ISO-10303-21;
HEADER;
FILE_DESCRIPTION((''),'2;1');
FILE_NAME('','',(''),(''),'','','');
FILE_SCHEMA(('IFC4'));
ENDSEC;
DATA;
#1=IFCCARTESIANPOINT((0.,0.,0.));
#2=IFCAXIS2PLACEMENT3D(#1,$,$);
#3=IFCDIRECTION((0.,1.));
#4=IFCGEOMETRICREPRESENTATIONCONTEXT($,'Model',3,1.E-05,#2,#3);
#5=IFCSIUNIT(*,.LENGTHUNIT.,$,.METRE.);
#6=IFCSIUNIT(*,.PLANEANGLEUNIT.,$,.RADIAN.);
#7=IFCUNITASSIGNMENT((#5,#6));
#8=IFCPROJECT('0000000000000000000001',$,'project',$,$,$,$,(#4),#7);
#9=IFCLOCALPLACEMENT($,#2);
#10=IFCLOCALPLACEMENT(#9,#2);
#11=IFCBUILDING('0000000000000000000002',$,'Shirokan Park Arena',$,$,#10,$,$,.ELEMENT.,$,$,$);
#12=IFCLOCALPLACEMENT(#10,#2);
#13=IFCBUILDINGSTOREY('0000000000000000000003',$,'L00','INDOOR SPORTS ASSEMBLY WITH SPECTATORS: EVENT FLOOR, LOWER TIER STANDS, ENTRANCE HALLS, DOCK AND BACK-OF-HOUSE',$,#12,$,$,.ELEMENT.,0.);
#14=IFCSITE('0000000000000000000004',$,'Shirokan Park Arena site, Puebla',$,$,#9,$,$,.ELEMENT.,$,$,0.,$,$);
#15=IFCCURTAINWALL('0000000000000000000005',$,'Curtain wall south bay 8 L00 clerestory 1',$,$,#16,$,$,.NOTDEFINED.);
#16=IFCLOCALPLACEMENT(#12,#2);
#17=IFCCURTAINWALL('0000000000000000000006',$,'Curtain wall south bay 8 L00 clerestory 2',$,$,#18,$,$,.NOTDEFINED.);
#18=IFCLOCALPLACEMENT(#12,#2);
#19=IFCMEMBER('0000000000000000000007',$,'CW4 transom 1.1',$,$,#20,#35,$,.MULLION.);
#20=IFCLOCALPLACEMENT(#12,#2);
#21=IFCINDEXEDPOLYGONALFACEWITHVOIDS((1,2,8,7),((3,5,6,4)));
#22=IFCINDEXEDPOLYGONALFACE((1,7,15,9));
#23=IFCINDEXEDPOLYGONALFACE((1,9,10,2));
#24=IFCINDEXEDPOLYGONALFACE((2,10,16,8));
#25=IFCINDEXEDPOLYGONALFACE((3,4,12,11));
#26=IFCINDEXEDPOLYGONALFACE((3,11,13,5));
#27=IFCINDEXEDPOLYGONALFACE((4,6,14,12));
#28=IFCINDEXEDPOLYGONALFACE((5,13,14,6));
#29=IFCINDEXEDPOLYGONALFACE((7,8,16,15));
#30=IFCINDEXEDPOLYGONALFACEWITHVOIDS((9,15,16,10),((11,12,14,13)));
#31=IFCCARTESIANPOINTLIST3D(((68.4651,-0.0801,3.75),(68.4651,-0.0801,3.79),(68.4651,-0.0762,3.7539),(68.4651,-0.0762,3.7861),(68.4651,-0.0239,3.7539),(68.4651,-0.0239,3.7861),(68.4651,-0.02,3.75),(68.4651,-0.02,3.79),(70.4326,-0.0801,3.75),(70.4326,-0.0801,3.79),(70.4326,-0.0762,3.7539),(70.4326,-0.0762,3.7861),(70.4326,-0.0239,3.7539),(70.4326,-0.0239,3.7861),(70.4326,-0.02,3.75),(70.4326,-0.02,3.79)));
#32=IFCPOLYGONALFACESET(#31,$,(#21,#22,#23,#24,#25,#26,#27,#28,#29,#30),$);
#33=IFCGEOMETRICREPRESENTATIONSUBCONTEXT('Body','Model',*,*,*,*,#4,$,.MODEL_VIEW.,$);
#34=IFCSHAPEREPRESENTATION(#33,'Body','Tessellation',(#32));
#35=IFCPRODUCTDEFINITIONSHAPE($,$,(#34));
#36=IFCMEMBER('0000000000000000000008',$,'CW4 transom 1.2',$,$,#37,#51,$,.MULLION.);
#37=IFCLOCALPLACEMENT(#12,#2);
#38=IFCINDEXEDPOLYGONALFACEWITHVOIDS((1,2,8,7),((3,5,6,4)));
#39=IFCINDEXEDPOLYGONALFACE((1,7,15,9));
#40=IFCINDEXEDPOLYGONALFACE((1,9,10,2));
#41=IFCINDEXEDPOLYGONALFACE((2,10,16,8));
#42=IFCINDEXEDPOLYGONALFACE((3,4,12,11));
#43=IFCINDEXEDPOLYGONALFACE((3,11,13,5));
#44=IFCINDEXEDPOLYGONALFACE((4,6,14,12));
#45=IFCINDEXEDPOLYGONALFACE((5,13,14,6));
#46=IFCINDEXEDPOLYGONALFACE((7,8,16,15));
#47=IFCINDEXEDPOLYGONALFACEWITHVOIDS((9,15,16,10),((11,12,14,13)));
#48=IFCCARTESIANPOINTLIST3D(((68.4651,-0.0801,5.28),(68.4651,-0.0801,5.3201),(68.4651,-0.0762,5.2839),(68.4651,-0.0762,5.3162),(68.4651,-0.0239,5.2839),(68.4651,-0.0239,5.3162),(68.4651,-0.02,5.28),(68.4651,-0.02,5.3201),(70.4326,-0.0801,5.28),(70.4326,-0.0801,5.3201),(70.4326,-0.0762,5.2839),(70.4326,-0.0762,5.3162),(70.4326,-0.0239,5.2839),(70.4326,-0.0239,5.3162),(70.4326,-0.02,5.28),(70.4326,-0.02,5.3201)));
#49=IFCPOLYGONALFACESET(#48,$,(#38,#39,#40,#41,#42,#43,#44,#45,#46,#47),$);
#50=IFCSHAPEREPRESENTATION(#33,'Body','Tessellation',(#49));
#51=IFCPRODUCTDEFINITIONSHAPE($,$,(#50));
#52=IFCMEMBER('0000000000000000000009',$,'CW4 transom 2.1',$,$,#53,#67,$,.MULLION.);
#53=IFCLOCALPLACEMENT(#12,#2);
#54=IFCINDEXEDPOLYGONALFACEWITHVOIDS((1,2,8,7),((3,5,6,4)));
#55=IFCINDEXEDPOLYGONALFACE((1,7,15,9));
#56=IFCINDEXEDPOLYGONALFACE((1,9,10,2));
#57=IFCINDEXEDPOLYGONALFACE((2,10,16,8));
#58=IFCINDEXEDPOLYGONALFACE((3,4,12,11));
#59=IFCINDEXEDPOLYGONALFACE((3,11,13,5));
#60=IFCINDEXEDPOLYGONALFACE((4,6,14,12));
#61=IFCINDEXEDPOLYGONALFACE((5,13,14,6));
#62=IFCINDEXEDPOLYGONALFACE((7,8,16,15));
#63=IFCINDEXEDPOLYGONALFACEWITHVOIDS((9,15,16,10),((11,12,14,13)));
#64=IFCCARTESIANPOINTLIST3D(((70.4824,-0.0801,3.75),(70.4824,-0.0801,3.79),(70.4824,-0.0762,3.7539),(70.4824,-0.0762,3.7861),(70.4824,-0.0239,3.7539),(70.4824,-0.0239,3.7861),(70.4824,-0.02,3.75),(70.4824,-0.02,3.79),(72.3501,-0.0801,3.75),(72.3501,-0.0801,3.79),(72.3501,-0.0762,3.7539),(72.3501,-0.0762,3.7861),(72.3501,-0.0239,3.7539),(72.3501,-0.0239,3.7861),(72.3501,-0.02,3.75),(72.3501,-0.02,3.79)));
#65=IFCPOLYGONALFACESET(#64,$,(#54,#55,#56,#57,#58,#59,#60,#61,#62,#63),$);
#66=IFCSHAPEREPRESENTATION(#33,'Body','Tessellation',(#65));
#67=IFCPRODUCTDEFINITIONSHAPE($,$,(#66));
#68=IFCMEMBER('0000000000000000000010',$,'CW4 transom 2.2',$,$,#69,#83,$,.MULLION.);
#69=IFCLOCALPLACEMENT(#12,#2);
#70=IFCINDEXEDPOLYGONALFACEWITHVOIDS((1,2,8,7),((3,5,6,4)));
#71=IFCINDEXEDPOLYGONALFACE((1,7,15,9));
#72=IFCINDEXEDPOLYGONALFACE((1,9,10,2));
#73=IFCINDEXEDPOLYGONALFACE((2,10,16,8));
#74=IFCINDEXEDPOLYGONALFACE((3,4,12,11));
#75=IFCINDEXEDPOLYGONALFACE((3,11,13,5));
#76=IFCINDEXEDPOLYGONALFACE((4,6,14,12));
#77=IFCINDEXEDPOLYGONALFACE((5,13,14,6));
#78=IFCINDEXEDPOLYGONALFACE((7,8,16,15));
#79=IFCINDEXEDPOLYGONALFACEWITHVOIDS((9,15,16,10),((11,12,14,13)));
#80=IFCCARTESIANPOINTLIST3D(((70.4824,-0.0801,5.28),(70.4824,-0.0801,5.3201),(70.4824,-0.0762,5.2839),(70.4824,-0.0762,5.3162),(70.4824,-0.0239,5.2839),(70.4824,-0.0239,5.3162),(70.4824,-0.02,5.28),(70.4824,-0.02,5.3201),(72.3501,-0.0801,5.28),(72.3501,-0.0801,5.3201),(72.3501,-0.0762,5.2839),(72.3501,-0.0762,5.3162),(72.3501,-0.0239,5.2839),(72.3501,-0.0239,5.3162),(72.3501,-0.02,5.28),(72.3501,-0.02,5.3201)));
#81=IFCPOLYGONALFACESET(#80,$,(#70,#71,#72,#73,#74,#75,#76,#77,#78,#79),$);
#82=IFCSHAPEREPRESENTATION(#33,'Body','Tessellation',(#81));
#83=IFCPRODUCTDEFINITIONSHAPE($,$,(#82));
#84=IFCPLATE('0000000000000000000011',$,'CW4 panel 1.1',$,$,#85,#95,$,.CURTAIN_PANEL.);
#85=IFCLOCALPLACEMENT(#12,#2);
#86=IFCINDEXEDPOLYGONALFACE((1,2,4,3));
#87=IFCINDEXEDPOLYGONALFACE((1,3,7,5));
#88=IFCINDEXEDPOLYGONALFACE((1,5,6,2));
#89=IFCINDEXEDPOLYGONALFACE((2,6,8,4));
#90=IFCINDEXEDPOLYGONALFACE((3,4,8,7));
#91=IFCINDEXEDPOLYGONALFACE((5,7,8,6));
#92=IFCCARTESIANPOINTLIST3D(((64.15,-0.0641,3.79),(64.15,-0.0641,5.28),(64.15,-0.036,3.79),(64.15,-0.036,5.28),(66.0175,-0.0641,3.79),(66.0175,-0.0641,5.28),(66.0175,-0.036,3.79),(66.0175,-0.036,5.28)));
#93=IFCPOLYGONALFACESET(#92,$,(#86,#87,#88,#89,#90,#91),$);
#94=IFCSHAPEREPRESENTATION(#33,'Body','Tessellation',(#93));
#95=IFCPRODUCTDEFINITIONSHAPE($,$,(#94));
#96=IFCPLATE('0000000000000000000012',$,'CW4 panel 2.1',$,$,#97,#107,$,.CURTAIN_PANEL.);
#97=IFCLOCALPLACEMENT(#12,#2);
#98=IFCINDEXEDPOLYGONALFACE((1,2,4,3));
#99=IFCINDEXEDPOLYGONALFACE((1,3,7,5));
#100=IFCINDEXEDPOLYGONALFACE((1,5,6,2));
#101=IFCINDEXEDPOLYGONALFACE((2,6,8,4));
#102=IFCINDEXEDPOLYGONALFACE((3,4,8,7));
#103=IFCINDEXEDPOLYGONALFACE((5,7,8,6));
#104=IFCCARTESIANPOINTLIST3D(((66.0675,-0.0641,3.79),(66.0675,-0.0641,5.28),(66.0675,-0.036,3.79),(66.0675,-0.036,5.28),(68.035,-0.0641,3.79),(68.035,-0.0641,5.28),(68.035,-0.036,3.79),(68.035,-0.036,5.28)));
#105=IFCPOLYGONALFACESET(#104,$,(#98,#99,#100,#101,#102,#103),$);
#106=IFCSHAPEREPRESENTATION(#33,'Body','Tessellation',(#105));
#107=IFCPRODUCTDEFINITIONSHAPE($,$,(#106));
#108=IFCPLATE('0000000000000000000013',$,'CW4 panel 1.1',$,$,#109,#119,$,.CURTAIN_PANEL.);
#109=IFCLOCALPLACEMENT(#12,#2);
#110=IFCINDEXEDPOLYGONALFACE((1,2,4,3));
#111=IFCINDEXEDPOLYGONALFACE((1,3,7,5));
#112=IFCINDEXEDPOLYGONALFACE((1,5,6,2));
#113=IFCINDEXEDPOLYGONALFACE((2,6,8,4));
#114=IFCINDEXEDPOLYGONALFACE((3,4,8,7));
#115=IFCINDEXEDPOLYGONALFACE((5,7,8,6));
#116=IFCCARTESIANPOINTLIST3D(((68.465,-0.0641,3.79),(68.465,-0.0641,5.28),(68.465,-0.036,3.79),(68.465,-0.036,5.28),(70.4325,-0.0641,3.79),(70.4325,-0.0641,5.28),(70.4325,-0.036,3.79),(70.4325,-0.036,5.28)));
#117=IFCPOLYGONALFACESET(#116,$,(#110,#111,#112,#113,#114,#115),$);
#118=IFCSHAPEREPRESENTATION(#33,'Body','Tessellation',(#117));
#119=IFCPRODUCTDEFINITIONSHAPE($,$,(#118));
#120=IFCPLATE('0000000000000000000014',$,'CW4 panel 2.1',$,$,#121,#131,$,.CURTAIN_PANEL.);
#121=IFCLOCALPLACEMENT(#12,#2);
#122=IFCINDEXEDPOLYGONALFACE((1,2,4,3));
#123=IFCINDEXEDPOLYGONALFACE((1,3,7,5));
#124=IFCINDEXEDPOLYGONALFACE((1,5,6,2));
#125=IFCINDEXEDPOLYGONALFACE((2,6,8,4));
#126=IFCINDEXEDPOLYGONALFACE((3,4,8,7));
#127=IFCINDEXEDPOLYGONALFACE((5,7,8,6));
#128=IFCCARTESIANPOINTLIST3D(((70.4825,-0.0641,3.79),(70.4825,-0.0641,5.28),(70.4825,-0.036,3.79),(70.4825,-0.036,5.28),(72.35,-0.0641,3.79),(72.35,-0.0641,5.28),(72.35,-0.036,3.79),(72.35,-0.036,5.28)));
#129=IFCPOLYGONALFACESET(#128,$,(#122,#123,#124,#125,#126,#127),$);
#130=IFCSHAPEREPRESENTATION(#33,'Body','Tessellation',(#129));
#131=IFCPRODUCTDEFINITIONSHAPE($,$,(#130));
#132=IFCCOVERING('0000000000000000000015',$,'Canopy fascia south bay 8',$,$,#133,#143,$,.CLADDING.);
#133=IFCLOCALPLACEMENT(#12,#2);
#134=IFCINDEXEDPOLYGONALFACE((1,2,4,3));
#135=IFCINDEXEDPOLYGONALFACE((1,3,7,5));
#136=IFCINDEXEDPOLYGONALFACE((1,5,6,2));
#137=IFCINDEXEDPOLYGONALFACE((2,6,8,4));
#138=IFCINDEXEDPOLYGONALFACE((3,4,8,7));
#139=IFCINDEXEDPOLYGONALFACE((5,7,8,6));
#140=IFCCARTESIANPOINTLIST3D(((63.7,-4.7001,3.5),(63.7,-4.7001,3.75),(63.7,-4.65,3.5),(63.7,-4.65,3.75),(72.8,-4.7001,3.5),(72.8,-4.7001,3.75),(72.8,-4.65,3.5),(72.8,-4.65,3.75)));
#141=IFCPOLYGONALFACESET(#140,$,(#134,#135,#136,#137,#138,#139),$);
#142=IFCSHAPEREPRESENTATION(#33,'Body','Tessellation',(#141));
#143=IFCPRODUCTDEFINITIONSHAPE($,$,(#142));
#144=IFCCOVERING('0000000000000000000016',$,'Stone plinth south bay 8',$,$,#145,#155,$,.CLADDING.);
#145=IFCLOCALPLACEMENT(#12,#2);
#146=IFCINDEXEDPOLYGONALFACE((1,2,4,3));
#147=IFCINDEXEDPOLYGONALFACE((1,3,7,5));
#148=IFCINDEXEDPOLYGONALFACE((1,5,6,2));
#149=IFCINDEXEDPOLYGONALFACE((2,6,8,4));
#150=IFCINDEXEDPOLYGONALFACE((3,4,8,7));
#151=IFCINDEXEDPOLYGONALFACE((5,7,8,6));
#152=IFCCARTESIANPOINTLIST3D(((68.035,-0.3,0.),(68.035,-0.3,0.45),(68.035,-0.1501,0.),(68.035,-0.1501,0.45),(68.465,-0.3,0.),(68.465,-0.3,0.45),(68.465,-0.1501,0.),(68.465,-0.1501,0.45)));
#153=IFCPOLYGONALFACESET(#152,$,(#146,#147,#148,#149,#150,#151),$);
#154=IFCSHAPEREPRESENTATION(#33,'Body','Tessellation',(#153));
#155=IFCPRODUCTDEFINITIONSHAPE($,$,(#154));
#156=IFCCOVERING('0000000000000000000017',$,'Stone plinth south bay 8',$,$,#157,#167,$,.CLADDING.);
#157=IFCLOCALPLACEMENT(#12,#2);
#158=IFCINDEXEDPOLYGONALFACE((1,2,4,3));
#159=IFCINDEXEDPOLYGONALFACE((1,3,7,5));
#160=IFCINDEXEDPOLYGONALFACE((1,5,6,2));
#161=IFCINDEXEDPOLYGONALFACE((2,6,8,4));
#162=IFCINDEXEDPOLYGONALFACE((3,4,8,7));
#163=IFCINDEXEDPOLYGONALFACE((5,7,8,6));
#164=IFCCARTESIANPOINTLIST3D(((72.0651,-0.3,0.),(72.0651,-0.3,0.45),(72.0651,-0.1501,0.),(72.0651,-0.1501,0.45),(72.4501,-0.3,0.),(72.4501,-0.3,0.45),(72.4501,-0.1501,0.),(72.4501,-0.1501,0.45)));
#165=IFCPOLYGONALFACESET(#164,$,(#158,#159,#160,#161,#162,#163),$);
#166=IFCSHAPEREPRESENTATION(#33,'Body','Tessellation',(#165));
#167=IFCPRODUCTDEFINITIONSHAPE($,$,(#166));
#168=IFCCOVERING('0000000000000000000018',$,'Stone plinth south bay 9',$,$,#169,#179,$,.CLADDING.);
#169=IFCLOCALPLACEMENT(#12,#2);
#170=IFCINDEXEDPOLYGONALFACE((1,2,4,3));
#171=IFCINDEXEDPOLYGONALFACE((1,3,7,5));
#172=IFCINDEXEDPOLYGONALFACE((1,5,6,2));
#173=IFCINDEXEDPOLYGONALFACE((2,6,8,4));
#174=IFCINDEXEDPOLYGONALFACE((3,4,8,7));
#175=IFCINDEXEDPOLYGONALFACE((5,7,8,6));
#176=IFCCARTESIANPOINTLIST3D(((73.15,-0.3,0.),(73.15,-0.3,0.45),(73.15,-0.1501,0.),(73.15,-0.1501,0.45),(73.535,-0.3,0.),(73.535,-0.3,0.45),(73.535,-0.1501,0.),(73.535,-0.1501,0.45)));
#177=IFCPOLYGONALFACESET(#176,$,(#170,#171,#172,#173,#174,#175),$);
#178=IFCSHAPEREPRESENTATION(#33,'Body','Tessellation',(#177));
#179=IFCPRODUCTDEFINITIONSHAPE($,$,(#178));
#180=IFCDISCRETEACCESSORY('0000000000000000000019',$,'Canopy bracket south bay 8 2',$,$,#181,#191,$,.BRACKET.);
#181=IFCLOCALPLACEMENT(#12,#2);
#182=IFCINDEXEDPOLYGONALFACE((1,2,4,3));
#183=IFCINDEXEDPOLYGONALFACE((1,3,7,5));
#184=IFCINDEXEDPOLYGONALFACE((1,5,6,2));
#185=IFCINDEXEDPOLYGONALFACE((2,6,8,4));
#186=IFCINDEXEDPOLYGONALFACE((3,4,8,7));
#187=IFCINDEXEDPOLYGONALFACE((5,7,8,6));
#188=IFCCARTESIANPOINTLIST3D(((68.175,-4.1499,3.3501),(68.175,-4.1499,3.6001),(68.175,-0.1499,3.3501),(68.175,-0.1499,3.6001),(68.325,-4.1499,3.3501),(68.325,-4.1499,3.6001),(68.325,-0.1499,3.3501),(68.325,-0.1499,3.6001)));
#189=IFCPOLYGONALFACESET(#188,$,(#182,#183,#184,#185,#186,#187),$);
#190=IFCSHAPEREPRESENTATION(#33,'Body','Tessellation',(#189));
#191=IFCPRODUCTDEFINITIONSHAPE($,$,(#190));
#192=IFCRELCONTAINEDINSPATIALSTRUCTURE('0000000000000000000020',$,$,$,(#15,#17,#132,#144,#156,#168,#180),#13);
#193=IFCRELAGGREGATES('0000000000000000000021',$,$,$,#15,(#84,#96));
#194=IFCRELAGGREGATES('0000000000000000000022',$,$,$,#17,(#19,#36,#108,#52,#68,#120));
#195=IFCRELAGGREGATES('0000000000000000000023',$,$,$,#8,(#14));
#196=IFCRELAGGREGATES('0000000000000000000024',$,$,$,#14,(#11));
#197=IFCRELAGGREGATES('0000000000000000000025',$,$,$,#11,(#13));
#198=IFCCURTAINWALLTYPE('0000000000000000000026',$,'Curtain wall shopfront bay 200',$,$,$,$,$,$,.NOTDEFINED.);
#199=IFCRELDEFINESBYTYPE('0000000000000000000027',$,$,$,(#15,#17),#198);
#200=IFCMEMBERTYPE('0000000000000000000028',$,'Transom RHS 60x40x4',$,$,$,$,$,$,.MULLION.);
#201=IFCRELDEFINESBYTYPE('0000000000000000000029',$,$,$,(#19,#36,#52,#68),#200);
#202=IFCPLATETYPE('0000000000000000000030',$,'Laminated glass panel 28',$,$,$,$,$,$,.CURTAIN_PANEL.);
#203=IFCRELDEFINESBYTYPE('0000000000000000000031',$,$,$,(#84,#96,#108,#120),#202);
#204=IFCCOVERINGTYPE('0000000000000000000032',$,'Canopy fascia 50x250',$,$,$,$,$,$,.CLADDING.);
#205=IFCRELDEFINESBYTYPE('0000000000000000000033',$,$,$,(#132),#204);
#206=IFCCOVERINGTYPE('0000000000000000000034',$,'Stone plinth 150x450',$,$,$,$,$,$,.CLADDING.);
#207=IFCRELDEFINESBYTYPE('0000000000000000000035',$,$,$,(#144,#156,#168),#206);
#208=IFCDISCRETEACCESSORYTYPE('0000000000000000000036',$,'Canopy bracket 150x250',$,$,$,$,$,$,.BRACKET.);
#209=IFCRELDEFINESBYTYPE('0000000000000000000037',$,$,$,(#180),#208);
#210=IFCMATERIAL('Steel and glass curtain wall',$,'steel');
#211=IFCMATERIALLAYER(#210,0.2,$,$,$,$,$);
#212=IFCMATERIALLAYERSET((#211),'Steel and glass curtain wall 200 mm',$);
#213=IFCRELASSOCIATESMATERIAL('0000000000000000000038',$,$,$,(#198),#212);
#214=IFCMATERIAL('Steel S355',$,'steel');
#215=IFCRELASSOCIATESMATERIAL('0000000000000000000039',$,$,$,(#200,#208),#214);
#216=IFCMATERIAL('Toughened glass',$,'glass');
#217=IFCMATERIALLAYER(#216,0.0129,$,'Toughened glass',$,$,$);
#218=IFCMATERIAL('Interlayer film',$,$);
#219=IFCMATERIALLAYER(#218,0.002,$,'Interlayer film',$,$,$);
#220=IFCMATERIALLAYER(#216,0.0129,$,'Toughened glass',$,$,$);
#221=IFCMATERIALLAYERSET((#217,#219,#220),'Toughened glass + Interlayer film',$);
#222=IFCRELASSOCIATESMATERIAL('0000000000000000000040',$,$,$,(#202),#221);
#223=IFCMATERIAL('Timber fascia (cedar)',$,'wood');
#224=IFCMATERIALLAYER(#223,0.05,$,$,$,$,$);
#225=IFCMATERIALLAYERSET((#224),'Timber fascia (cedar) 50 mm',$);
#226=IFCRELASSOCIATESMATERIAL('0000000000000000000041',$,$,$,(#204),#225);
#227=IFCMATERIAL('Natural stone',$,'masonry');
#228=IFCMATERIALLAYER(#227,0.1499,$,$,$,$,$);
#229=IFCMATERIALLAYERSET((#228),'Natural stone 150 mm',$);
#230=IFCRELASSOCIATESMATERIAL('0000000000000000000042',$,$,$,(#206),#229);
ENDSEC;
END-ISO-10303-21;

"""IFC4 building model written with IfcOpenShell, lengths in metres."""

from ifc_helpers import new_model, si_unit, direction, frame, origin, origin_2d, place, context, subcontext, project, spatial, rectangle, hollow_rectangle, extrude, material, layer, layer_set, material_profile, profile_set, type_object, element, aggregate, save


model = new_model("IFC4")

# Units and contexts
model_context = context("Model", 3, precision=1e-05, world=origin(), true_north=direction((0.0, 1.0)))
body_context = subcontext(model_context, "Body", "Model", "MODEL_VIEW")
ifc_project = project(units=[si_unit("LENGTHUNIT", "METRE"), si_unit("PLANEANGLEUNIT", "RADIAN")], contexts=[model_context])

# Site, building, storey
site_placement = place(None, origin())
site = spatial("IfcSite", under=ifc_project, at=site_placement, Name="Shirokan Park Arena site, Puebla", CompositionType="ELEMENT", RefElevation=0.0)
building_placement = place(site_placement, origin())
building = spatial("IfcBuilding", under=site, at=building_placement, Name="Shirokan Park Arena", CompositionType="ELEMENT")
storey_placement = place(building_placement, origin())
storey = spatial("IfcBuildingStorey", under=building, at=storey_placement, Name="L00", Description="INDOOR SPORTS ASSEMBLY WITH SPECTATORS: EVENT FLOOR, LOWER TIER STANDS, ENTRANCE HALLS, DOCK AND BACK-OF-HOUSE", CompositionType="ELEMENT", Elevation=0.0)

# Shared definitions
ifc_material_1 = material(Name="Steel S355", Category="steel")

# Curtain walls
ifc_material_2 = material(Name="Steel and glass curtain wall", Category="steel")
ifc_layer_1 = layer(ifc_material_2, 0.2)
ifc_layer_set_1 = layer_set([ifc_layer_1], Name="Steel and glass curtain wall 200 mm")
curtain_wall_type = type_object("IfcCurtainWallType", Name="Curtain wall shopfront bay 200", PredefinedType="NOTDEFINED", material=ifc_layer_set_1)
curtain_wall_1_placement = place(storey_placement, origin())
curtain_wall_1 = element("IfcCurtainWall", 1, at=curtain_wall_1_placement, inside=storey, type_object=curtain_wall_type, Name="Curtain wall south bay 8 L00 clerestory 1", PredefinedType="NOTDEFINED")
curtain_wall_2_placement = place(storey_placement, origin())
curtain_wall_2 = element("IfcCurtainWall", 2, at=curtain_wall_2_placement, inside=storey, type_object=curtain_wall_type, Name="Curtain wall south bay 8 L00 clerestory 2", PredefinedType="NOTDEFINED")

# Members
ifc_material_profile_1 = material_profile(ifc_material_1, hollow_rectangle(XDim=0.0601, YDim=0.04, WallThickness=0.0039, at=origin_2d()), Name="RHS 60x40x4")
ifc_profile_set_1 = profile_set([ifc_material_profile_1], Name="Steel S355")
member_type_1 = type_object("IfcMemberType", Name="Transom RHS 60x40x4", PredefinedType="MULLION", material=ifc_profile_set_1)
member_1_placement = place(storey_placement, frame((68.4651, -0.05, 3.77), z_axis=(1.0, 0.0, 0.0), x_axis=(0.0, 1.0, 0.0)))
member_1 = element("IfcMember", 3, at=member_1_placement, type_object=member_type_1, Name="CW4 transom 1.1", PredefinedType="MULLION", context=body_context, shape_type="SweptSolid", body=[
    extrude(hollow_rectangle(XDim=0.0601, YDim=0.04, WallThickness=0.0039, at=origin_2d()), origin(), (0.0, 0.0, 1.0), 1.9675),
])
member_2_placement = place(storey_placement, frame((68.4651, -0.05, 5.3), z_axis=(1.0, 0.0, 0.0), x_axis=(0.0, 1.0, 0.0)))
member_2 = element("IfcMember", 4, at=member_2_placement, type_object=member_type_1, Name="CW4 transom 1.2", PredefinedType="MULLION", context=body_context, shape_type="SweptSolid", body=[
    extrude(hollow_rectangle(XDim=0.0601, YDim=0.04, WallThickness=0.0039, at=origin_2d()), origin(), (0.0, 0.0, 1.0), 1.9675),
])
member_3_placement = place(storey_placement, frame((70.4824, -0.05, 3.77), z_axis=(1.0, 0.0, 0.0), x_axis=(0.0, 1.0, 0.0)))
member_3 = element("IfcMember", 5, at=member_3_placement, type_object=member_type_1, Name="CW4 transom 2.1", PredefinedType="MULLION", context=body_context, shape_type="SweptSolid", body=[
    extrude(hollow_rectangle(XDim=0.0601, YDim=0.04, WallThickness=0.0039, at=origin_2d()), origin(), (0.0, 0.0, 1.0), 1.8677),
])
member_4_placement = place(storey_placement, frame((70.4824, -0.05, 5.3), z_axis=(1.0, 0.0, 0.0), x_axis=(0.0, 1.0, 0.0)))
member_4 = element("IfcMember", 6, at=member_4_placement, type_object=member_type_1, Name="CW4 transom 2.2", PredefinedType="MULLION", context=body_context, shape_type="SweptSolid", body=[
    extrude(hollow_rectangle(XDim=0.0601, YDim=0.04, WallThickness=0.0039, at=origin_2d()), origin(), (0.0, 0.0, 1.0), 1.8677),
])

# Plates
ifc_material_3 = material(Name="Toughened glass", Category="glass")
ifc_layer_2 = layer(ifc_material_3, 0.0129, Name="Toughened glass")
ifc_material_4 = material(Name="Interlayer film")
ifc_layer_3 = layer(ifc_material_4, 0.002, Name="Interlayer film")
ifc_layer_4 = layer(ifc_material_3, 0.0129, Name="Toughened glass")
ifc_layer_set_2 = layer_set([ifc_layer_2, ifc_layer_3, ifc_layer_4], Name="Toughened glass + Interlayer film")
plate_type = type_object("IfcPlateType", Name="Laminated glass panel 28", PredefinedType="CURTAIN_PANEL", material=ifc_layer_set_2)
plate_1_placement = place(storey_placement, frame((65.0837, -0.05, 3.79), z_axis=(0.0, 0.0, 1.0), x_axis=(1.0, 0.0, 0.0)))
plate_1 = element("IfcPlate", 7, at=plate_1_placement, type_object=plate_type, Name="CW4 panel 1.1", PredefinedType="CURTAIN_PANEL", context=body_context, shape_type="SweptSolid", body=[
    extrude(rectangle(XDim=1.8674, YDim=0.0281, at=origin_2d()), origin(), (0.0, 0.0, 1.0), 1.49),
])
plate_2_placement = place(storey_placement, frame((67.0513, -0.05, 3.79), z_axis=(0.0, 0.0, 1.0), x_axis=(1.0, 0.0, 0.0)))
plate_2 = element("IfcPlate", 8, at=plate_2_placement, type_object=plate_type, Name="CW4 panel 2.1", PredefinedType="CURTAIN_PANEL", context=body_context, shape_type="SweptSolid", body=[
    extrude(rectangle(XDim=1.9675, YDim=0.0281, at=origin_2d()), origin(), (0.0, 0.0, 1.0), 1.49),
])
aggregate(curtain_wall_1, [plate_1, plate_2])
plate_3_placement = place(storey_placement, frame((69.4487, -0.05, 3.79), z_axis=(0.0, 0.0, 1.0), x_axis=(1.0, 0.0, 0.0)))
plate_3 = element("IfcPlate", 9, at=plate_3_placement, type_object=plate_type, Name="CW4 panel 1.1", PredefinedType="CURTAIN_PANEL", context=body_context, shape_type="SweptSolid", body=[
    extrude(rectangle(XDim=1.9675, YDim=0.0281, at=origin_2d()), origin(), (0.0, 0.0, 1.0), 1.49),
])
plate_4_placement = place(storey_placement, frame((71.4163, -0.05, 3.79), z_axis=(0.0, 0.0, 1.0), x_axis=(1.0, 0.0, 0.0)))
plate_4 = element("IfcPlate", 10, at=plate_4_placement, type_object=plate_type, Name="CW4 panel 2.1", PredefinedType="CURTAIN_PANEL", context=body_context, shape_type="SweptSolid", body=[
    extrude(rectangle(XDim=1.8674, YDim=0.0281, at=origin_2d()), origin(), (0.0, 0.0, 1.0), 1.49),
])
aggregate(curtain_wall_2, [member_1, member_2, plate_3, member_3, member_4, plate_4])

# Coverings
ifc_material_5 = material(Name="Timber fascia (cedar)", Category="wood")
ifc_layer_5 = layer(ifc_material_5, 0.05)
ifc_layer_set_3 = layer_set([ifc_layer_5], Name="Timber fascia (cedar) 50 mm")
covering_type_1 = type_object("IfcCoveringType", Name="Canopy fascia 50x250", PredefinedType="CLADDING", material=ifc_layer_set_3)
covering_1_placement = place(storey_placement, frame((68.25, -4.675, 3.5), z_axis=(0.0, 0.0, 1.0), x_axis=(1.0, 0.0, 0.0)))
element("IfcCovering", 11, at=covering_1_placement, inside=storey, type_object=covering_type_1, Name="Canopy fascia south bay 8", PredefinedType="CLADDING", context=body_context, shape_type="SweptSolid", body=[
    extrude(rectangle(XDim=9.1001, YDim=0.05, at=origin_2d()), origin(), (0.0, 0.0, 1.0), 0.25),
])
ifc_material_6 = material(Name="Natural stone", Category="masonry")
ifc_layer_6 = layer(ifc_material_6, 0.1499)
ifc_layer_set_4 = layer_set([ifc_layer_6], Name="Natural stone 150 mm")
covering_type_2 = type_object("IfcCoveringType", Name="Stone plinth 150x450", PredefinedType="CLADDING", material=ifc_layer_set_4)
covering_2_placement = place(storey_placement, frame((68.25, -0.2251, 0.0), z_axis=(0.0, 0.0, 1.0), x_axis=(1.0, 0.0, 0.0)))
element("IfcCovering", 12, at=covering_2_placement, inside=storey, type_object=covering_type_2, Name="Stone plinth south bay 8", PredefinedType="CLADDING", context=body_context, shape_type="SweptSolid", body=[
    extrude(rectangle(XDim=0.4299, YDim=0.1499, at=origin_2d()), origin(), (0.0, 0.0, 1.0), 0.45),
])
for number, where, z_axis, x_axis, name in (
    (13, (72.2576, -0.2251, 0.0), (0.0, 0.0, 1.0), (1.0, 0.0, 0.0), "Stone plinth south bay 8"),
    (14, (73.3425, -0.2251, 0.0), (0.0, 0.0, 1.0), (1.0, 0.0, 0.0), "Stone plinth south bay 9"),
):
    element("IfcCovering", number, at=place(storey_placement, frame(where, z_axis=z_axis, x_axis=x_axis)), inside=storey, type_object=covering_type_2, Name=name, PredefinedType="CLADDING", context=body_context, shape_type="SweptSolid", body=[
        extrude(rectangle(XDim=0.385, YDim=0.1499, at=origin_2d()), origin(), (0.0, 0.0, 1.0), 0.45),
    ])

# Discrete accessory
discrete_accessory_type = type_object("IfcDiscreteAccessoryType", Name="Canopy bracket 150x250", PredefinedType="BRACKET", material=ifc_material_1)
for number, where, z_axis, x_axis, name in (
    (15, (68.25, -2.1499, 3.3501), (0.0, 0.0, 1.0), (1.0, 0.0, 0.0), "Canopy bracket south bay 8 2"),
):
    element("IfcDiscreteAccessory", number, at=place(storey_placement, frame(where, z_axis=z_axis, x_axis=x_axis)), inside=storey, type_object=discrete_accessory_type, Name=name, PredefinedType="BRACKET", context=body_context, shape_type="SweptSolid", body=[
        extrude(rectangle(XDim=0.1499, YDim=4.0, at=origin_2d()), origin(), (0.0, 0.0, 1.0), 0.25),
    ])

save(model, "model.ifc")
